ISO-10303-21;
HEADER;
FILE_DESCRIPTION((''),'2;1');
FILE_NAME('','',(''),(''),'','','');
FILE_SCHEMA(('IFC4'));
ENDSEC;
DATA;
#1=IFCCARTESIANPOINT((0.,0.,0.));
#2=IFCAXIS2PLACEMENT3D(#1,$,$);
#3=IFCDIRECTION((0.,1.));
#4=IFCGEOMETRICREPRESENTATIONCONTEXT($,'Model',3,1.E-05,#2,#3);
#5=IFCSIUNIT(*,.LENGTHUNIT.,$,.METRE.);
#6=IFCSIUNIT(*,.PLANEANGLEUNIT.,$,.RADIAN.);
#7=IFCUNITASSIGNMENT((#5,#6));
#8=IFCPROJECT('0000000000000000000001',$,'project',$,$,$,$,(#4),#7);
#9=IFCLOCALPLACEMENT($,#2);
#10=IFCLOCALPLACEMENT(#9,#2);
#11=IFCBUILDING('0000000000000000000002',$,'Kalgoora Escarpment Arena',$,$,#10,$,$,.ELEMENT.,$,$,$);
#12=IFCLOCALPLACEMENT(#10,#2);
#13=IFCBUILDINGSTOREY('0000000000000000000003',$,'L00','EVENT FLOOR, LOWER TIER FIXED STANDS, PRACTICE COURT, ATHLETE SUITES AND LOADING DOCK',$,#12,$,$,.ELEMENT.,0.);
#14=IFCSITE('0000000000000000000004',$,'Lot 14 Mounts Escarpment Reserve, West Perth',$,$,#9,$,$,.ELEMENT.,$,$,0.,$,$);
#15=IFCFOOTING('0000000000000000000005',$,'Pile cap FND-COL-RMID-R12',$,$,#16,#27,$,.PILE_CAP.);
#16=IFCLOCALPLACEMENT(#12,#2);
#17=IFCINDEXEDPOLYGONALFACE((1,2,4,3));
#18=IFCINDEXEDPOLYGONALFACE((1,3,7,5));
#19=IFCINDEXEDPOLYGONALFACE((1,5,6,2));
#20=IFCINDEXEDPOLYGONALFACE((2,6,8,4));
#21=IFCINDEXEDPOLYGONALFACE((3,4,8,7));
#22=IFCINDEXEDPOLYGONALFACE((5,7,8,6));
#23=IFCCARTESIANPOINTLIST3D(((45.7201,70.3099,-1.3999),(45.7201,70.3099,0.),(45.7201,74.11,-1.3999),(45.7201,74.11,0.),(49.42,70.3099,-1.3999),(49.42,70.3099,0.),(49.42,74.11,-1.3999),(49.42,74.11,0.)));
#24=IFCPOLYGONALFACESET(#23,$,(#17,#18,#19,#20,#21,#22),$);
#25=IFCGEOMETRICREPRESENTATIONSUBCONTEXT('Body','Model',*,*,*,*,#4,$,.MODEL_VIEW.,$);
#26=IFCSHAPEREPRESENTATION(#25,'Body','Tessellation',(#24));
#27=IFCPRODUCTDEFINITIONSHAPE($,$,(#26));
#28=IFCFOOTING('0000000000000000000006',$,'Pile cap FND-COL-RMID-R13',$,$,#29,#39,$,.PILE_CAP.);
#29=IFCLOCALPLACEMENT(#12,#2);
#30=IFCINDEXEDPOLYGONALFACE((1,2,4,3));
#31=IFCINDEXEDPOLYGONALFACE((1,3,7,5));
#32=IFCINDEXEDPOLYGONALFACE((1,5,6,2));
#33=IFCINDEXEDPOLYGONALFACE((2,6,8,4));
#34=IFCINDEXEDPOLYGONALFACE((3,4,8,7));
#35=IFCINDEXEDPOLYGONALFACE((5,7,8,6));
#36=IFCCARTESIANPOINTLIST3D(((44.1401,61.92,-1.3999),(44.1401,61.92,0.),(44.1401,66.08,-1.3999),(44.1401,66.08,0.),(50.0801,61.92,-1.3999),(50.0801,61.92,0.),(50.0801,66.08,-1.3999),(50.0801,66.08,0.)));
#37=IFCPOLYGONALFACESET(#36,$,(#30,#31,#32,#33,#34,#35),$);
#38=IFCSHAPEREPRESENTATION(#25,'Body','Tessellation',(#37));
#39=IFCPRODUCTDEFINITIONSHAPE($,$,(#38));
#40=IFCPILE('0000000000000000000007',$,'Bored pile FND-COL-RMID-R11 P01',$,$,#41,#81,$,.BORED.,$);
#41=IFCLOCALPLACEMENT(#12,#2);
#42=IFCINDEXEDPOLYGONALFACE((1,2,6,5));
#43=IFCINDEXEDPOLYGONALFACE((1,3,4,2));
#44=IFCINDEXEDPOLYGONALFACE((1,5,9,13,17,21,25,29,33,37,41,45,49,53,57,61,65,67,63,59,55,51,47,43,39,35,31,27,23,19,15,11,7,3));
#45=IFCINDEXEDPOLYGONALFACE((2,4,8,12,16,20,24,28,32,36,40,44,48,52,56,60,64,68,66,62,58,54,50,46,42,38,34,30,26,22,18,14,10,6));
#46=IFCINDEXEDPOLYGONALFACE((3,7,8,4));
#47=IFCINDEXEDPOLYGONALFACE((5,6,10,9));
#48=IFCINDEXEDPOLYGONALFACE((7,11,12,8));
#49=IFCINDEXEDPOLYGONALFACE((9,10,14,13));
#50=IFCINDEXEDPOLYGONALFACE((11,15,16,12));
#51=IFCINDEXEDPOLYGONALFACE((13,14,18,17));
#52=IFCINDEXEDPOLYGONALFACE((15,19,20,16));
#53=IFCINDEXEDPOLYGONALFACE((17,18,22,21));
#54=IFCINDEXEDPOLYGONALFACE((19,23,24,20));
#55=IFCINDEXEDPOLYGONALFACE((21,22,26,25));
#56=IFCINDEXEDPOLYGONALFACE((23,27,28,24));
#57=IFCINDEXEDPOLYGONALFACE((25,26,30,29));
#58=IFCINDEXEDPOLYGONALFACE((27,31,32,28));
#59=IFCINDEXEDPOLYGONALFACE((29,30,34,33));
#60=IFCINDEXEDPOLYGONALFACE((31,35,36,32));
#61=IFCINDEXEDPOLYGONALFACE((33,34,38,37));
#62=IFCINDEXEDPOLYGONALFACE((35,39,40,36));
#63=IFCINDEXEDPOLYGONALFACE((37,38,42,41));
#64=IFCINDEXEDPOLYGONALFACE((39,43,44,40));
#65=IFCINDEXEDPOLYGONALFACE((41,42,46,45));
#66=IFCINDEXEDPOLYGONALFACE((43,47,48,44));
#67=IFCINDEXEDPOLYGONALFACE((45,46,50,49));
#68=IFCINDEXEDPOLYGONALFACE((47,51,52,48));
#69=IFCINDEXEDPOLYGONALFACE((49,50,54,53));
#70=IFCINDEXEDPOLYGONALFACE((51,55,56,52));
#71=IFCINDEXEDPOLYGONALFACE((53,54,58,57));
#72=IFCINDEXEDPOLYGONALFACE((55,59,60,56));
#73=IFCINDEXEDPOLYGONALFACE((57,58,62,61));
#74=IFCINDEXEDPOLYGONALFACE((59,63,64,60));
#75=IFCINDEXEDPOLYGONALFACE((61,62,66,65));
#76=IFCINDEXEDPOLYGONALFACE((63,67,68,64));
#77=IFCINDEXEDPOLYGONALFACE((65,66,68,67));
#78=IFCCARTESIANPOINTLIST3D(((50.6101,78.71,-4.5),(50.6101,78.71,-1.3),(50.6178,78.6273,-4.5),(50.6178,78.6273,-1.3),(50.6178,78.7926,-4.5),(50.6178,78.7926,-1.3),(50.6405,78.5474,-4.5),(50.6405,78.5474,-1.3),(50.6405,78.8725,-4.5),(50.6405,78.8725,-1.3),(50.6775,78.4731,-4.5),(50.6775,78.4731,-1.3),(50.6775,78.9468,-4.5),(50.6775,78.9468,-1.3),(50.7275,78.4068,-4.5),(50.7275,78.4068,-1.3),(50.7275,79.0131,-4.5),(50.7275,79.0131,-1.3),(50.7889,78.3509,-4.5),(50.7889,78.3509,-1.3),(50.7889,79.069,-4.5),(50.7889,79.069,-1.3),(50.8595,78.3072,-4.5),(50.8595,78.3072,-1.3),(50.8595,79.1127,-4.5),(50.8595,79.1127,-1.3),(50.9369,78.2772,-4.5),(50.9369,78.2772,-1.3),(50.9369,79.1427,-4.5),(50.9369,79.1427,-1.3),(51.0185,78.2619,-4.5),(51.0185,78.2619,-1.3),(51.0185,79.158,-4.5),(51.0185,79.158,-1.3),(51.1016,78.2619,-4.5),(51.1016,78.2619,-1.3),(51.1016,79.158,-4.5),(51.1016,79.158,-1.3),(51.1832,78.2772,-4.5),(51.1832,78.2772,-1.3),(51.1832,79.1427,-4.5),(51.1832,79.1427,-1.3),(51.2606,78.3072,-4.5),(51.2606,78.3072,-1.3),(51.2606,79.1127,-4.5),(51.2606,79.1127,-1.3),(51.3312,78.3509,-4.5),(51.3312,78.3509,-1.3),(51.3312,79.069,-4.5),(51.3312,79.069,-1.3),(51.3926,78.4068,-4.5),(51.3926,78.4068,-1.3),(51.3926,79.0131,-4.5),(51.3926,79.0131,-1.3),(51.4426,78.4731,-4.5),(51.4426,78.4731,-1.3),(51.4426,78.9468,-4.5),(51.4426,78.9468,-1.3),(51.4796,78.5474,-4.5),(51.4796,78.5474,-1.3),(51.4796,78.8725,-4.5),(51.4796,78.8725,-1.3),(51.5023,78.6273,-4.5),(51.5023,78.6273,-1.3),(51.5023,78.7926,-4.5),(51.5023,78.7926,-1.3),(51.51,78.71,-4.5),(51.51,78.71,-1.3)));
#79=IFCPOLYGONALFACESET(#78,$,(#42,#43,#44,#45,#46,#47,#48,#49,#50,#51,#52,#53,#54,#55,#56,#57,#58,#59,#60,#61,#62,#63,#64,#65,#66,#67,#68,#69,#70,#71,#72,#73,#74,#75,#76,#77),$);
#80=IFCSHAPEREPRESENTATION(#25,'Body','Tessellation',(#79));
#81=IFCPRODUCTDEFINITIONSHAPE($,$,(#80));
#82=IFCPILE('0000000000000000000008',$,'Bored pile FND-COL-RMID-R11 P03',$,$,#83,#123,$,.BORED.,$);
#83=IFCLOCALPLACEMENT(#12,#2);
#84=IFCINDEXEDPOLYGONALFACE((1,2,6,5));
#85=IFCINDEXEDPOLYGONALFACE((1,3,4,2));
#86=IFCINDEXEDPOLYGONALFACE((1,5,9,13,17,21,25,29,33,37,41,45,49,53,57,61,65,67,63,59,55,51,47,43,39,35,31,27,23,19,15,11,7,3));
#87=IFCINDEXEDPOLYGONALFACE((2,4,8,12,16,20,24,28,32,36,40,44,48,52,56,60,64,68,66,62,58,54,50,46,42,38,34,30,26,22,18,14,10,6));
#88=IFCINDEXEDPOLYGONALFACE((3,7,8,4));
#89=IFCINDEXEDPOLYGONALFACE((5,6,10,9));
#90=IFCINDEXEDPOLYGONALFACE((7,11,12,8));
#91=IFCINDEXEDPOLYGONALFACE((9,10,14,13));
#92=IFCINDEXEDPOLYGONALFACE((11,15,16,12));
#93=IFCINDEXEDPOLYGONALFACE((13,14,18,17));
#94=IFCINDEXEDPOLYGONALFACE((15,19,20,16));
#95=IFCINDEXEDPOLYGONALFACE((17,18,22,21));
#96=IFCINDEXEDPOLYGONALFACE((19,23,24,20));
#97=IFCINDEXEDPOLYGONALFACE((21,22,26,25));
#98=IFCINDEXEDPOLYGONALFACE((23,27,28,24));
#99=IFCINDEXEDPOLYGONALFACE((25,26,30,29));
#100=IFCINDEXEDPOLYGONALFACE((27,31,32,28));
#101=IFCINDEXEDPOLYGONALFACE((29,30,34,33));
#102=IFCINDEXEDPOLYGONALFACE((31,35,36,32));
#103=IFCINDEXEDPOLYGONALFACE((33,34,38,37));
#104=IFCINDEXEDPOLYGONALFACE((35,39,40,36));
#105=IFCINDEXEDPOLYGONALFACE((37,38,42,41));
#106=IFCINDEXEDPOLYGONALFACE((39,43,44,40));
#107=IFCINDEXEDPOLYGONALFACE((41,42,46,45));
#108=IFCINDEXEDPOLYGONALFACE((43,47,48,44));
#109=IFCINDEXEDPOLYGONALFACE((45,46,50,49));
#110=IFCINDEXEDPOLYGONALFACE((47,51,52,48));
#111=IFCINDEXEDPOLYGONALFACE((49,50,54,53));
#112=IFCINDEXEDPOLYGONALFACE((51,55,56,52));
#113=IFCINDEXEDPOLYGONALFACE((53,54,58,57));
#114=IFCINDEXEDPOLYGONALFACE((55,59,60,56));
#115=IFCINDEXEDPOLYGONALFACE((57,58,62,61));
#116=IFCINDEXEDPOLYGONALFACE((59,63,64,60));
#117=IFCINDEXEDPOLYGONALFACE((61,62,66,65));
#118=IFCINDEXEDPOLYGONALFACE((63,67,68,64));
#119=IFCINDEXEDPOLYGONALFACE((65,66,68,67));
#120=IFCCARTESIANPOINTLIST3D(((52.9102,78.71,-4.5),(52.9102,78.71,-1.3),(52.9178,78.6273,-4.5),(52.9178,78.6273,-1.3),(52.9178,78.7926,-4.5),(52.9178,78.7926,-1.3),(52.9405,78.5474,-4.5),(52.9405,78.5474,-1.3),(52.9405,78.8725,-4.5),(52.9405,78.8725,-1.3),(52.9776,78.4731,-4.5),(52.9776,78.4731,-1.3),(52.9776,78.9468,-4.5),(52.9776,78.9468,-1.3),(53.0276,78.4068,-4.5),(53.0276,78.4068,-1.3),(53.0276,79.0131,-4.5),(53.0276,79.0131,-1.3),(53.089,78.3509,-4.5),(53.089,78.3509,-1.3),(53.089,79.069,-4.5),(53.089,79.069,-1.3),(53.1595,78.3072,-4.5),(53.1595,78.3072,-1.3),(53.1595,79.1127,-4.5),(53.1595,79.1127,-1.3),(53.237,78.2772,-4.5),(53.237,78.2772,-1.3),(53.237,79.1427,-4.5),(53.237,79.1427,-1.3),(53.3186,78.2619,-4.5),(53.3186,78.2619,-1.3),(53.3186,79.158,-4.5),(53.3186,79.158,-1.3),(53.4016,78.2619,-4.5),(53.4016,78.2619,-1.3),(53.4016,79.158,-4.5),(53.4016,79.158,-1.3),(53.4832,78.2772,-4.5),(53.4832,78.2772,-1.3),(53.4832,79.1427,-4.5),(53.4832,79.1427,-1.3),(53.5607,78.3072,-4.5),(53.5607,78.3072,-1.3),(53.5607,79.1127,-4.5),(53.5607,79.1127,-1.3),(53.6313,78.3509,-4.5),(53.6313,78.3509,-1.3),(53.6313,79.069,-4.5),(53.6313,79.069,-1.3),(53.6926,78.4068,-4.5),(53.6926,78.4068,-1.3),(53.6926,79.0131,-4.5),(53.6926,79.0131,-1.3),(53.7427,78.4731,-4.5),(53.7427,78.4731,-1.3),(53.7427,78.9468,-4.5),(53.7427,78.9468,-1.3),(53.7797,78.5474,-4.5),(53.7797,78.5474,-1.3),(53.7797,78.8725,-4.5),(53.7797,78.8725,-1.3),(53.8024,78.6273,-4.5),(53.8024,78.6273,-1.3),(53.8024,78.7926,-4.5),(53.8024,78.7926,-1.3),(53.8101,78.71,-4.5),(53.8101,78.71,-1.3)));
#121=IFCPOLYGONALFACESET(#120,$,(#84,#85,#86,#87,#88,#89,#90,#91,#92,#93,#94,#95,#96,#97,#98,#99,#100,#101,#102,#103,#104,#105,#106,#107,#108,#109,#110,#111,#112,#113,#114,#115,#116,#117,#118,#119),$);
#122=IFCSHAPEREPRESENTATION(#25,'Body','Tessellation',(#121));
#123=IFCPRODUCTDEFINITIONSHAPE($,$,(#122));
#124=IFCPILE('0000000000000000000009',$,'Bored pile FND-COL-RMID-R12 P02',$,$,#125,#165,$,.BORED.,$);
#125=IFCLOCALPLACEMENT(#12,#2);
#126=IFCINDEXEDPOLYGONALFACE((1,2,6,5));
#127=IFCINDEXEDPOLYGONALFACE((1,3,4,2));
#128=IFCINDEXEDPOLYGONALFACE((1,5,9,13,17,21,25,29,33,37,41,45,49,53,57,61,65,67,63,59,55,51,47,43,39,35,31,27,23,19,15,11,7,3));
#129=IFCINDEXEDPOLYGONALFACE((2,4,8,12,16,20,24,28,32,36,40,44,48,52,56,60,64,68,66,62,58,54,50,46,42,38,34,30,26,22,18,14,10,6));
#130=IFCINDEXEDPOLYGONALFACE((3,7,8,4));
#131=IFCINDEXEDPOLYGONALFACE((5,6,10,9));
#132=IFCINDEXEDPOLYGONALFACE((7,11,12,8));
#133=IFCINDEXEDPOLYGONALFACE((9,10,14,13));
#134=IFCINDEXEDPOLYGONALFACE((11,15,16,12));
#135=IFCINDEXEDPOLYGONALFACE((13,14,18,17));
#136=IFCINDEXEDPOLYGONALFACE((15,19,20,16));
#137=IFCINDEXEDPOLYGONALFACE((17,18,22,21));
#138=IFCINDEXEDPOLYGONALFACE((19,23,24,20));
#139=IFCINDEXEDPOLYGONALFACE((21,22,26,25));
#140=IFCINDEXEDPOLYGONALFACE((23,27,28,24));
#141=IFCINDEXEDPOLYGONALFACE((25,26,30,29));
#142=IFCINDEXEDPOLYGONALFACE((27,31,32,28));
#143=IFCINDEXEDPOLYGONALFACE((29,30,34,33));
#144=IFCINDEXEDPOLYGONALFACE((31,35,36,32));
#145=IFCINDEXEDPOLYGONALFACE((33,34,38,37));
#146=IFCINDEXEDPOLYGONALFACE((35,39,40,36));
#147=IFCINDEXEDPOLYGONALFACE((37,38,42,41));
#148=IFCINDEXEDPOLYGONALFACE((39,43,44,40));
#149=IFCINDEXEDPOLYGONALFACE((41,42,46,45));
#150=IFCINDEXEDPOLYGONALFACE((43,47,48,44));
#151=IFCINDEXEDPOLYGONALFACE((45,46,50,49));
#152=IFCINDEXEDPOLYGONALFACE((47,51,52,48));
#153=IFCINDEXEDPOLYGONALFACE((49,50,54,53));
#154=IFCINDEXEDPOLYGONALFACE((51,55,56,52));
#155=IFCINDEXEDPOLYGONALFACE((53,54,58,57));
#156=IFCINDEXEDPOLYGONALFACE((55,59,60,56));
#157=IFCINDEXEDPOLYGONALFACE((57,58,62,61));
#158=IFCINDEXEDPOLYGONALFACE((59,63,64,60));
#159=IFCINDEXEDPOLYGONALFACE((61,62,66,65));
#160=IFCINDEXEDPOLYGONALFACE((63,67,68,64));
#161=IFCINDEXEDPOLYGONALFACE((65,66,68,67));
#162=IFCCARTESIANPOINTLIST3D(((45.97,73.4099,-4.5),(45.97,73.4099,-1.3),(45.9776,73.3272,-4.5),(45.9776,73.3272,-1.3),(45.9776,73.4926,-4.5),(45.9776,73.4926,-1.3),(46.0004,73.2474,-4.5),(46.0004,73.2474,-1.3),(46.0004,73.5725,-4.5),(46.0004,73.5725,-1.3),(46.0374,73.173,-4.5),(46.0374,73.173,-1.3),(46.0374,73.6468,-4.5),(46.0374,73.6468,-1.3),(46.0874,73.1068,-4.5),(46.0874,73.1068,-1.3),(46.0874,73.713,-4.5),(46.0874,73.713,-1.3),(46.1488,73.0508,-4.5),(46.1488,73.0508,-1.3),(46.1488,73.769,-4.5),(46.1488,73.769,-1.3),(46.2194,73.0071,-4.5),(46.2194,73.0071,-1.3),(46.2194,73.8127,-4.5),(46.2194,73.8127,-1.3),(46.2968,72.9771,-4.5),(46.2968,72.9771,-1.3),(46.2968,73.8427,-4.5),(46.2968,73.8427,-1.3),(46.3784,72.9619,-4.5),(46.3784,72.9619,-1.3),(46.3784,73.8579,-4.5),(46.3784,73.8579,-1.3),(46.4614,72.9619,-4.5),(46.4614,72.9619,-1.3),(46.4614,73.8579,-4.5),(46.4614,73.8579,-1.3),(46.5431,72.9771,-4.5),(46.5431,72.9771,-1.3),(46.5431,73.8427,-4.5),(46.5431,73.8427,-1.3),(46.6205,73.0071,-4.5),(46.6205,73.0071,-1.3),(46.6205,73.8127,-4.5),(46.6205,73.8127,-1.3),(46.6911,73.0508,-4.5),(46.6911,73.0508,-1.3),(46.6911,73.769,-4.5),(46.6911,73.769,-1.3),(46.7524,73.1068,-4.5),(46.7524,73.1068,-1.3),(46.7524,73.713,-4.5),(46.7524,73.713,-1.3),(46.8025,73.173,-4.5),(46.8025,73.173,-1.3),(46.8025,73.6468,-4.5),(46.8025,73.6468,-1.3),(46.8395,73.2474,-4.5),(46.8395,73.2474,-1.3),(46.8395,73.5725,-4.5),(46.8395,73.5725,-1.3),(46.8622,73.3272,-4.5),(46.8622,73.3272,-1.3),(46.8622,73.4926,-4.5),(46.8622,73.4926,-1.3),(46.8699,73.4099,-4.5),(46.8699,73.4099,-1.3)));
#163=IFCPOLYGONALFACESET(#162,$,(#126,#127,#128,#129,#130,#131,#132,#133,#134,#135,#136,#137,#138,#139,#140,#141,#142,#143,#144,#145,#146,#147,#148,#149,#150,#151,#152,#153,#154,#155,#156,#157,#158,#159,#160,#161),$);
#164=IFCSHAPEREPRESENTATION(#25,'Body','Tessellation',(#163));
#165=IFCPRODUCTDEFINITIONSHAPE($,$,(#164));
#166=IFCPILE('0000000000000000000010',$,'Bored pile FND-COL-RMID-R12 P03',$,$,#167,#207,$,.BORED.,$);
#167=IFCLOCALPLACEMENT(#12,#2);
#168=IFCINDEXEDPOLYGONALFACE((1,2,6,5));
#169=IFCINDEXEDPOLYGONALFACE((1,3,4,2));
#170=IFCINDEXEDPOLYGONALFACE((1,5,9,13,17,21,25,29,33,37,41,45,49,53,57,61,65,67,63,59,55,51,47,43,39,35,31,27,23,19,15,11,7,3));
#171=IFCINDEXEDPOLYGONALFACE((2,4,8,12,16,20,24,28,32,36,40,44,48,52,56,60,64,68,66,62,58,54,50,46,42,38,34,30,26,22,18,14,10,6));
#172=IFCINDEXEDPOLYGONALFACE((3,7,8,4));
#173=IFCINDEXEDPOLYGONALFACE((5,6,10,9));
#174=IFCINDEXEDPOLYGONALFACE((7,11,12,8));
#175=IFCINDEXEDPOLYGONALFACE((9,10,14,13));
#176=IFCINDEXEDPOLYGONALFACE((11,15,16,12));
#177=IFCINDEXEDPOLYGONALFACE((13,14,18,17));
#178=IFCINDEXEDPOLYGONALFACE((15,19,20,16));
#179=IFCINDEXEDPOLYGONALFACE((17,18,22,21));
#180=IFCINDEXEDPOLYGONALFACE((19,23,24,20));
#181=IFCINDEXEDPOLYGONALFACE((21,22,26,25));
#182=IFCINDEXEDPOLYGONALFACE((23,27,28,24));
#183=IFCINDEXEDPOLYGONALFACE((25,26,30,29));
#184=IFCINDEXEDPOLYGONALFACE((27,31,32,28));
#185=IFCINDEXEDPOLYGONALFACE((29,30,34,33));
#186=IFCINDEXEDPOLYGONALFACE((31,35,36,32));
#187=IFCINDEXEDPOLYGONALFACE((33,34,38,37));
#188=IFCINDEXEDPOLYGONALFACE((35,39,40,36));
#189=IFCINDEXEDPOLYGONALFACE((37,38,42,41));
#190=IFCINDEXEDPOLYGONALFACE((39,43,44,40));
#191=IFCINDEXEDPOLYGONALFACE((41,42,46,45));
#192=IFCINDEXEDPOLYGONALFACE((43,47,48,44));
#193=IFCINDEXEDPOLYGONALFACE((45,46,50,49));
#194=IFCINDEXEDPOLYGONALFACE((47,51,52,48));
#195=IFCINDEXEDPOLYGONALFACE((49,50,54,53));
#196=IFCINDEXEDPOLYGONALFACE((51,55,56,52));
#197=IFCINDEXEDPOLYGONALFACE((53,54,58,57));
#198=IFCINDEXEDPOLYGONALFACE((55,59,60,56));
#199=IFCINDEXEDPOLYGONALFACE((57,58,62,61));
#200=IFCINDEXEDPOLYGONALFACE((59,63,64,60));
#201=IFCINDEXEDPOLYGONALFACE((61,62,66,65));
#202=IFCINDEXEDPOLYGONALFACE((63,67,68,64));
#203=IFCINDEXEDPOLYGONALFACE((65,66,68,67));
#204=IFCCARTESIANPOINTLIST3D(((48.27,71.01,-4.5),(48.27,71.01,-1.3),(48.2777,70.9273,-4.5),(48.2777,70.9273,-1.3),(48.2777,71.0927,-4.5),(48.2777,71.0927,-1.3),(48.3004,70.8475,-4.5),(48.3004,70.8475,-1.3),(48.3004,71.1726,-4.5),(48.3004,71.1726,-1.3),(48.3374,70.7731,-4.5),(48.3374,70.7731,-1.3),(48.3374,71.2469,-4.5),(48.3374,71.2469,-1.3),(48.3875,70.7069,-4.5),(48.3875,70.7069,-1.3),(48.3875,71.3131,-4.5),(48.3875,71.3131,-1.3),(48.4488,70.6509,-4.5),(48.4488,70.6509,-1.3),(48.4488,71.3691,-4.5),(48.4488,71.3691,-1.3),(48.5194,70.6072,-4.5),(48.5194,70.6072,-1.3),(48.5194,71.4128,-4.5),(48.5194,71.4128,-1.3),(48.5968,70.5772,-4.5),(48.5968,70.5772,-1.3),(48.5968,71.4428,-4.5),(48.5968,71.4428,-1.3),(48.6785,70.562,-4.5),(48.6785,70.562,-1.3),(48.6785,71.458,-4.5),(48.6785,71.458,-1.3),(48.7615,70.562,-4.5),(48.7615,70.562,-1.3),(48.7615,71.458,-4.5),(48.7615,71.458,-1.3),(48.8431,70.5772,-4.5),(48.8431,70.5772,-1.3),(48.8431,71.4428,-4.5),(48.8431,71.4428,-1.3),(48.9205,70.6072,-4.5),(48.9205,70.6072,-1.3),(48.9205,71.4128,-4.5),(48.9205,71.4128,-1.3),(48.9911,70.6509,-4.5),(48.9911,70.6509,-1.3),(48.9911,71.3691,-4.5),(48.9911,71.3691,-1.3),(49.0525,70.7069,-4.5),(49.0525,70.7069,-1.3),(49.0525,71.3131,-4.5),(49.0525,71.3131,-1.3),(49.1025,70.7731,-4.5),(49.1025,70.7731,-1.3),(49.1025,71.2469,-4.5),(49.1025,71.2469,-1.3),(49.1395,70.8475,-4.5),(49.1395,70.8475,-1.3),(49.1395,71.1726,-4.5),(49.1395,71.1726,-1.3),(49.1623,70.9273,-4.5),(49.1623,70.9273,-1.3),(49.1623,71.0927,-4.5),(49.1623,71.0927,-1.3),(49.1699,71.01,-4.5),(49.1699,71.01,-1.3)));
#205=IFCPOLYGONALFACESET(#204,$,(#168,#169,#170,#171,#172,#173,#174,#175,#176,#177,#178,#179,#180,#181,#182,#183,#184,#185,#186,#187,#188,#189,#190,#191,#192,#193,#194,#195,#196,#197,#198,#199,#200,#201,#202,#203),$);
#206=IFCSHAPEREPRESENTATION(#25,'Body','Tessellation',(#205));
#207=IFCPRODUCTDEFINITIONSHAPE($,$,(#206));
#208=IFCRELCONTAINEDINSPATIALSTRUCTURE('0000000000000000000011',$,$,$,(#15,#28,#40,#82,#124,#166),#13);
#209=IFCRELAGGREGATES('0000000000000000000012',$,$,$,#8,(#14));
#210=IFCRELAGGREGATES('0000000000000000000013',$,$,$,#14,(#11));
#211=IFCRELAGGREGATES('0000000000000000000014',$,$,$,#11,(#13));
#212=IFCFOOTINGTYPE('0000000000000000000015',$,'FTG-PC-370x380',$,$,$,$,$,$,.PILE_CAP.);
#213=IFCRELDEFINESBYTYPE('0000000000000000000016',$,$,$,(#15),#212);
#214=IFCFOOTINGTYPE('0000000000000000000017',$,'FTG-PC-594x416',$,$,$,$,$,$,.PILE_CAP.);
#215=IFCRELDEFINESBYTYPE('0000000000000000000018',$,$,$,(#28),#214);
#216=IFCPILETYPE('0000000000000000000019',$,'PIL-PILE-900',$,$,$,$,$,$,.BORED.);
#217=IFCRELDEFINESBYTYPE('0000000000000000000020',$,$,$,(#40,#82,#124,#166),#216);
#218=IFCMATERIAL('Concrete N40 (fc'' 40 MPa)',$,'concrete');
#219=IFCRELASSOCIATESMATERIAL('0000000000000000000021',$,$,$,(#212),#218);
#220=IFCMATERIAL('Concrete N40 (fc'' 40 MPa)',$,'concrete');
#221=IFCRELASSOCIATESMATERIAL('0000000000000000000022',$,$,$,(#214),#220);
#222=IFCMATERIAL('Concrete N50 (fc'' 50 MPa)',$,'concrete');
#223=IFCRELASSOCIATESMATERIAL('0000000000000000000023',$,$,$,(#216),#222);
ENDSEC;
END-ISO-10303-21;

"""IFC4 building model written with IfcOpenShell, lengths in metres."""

from ifc_helpers import new_model, si_unit, direction, frame, origin, origin_2d, place, context, subcontext, project, spatial, rectangle, circle, extrude, material, material_profile, profile_set, type_object, element, save


model = new_model("IFC4")

# Units and contexts
model_context = context("Model", 3, precision=1e-05, world=origin(), true_north=direction((0.0, 1.0)))
body_context = subcontext(model_context, "Body", "Model", "MODEL_VIEW")
ifc_project = project(units=[si_unit("LENGTHUNIT", "METRE"), si_unit("PLANEANGLEUNIT", "RADIAN")], contexts=[model_context])

# Site, building, storey
site_placement = place(None, origin())
site = spatial("IfcSite", under=ifc_project, at=site_placement, Name="Lot 14 Mounts Escarpment Reserve, West Perth", CompositionType="ELEMENT", RefElevation=0.0)
building_placement = place(site_placement, origin())
building = spatial("IfcBuilding", under=site, at=building_placement, Name="Kalgoora Escarpment Arena", CompositionType="ELEMENT")
storey_placement = place(building_placement, origin())
storey = spatial("IfcBuildingStorey", under=building, at=storey_placement, Name="L00", Description="EVENT FLOOR, LOWER TIER FIXED STANDS, PRACTICE COURT, ATHLETE SUITES AND LOADING DOCK", CompositionType="ELEMENT", Elevation=0.0)

# Footings
ifc_material_1 = material(Name="Concrete N40 (fc' 40 MPa)", Category="concrete")
footing_type_1 = type_object("IfcFootingType", Name="FTG-PC-370x380", PredefinedType="PILE_CAP", material=ifc_material_1)
footing_1_placement = place(storey_placement, frame((47.5701, 72.21, -1.3999), z_axis=(0.0, 0.0, 1.0), x_axis=(1.0, 0.0, 0.0)))
element("IfcFooting", 1, at=footing_1_placement, inside=storey, type_object=footing_type_1, Name="Pile cap FND-COL-RMID-R12", PredefinedType="PILE_CAP", context=body_context, shape_type="SweptSolid", body=[
    extrude(rectangle(XDim=3.7, YDim=3.8, at=origin_2d()), origin(), (0.0, 0.0, 1.0), 1.3999),
])
ifc_material_2 = material(Name="Concrete N40 (fc' 40 MPa)", Category="concrete")
footing_type_2 = type_object("IfcFootingType", Name="FTG-PC-594x416", PredefinedType="PILE_CAP", material=ifc_material_2)
footing_2_placement = place(storey_placement, frame((47.1101, 64.0, -1.3999), z_axis=(0.0, 0.0, 1.0), x_axis=(1.0, 0.0, 0.0)))
element("IfcFooting", 2, at=footing_2_placement, inside=storey, type_object=footing_type_2, Name="Pile cap FND-COL-RMID-R13", PredefinedType="PILE_CAP", context=body_context, shape_type="SweptSolid", body=[
    extrude(rectangle(XDim=5.9399, YDim=4.1599, at=origin_2d()), origin(), (0.0, 0.0, 1.0), 1.3999),
])

# Piles
ifc_material_3 = material(Name="Concrete N50 (fc' 50 MPa)", Category="concrete")
ifc_material_profile_1 = material_profile(ifc_material_3, circle(Radius=0.45, at=origin_2d()))
ifc_profile_set_1 = profile_set([ifc_material_profile_1], Name="Concrete N50 (fc' 50 MPa)")
pile_type = type_object("IfcPileType", Name="PIL-PILE-900", PredefinedType="BORED", material=ifc_profile_set_1)
for number, where, z_axis, x_axis, name in (
    (3, (51.0601, 78.71, -1.3), (0.0, 0.0, -1.0), (1.0, 0.0, 0.0), "Bored pile FND-COL-RMID-R11 P01"),
    (4, (53.3601, 78.71, -1.3), (0.0, 0.0, -1.0), (1.0, 0.0, 0.0), "Bored pile FND-COL-RMID-R11 P03"),
    (5, (46.4199, 73.4099, -1.3), (0.0, 0.0, -1.0), (1.0, 0.0, 0.0), "Bored pile FND-COL-RMID-R12 P02"),
    (6, (48.72, 71.01, -1.3), (0.0, 0.0, -1.0), (1.0, 0.0, 0.0), "Bored pile FND-COL-RMID-R12 P03"),
):
    element("IfcPile", number, at=place(storey_placement, frame(where, z_axis=z_axis, x_axis=x_axis)), inside=storey, type_object=pile_type, Name=name, PredefinedType="BORED", context=body_context, shape_type="SweptSolid", body=[
        extrude(circle(Radius=0.45, at=origin_2d()), origin(), (0.0, 0.0, 1.0), 3.2),
    ])

save(model, "model.ifc")
